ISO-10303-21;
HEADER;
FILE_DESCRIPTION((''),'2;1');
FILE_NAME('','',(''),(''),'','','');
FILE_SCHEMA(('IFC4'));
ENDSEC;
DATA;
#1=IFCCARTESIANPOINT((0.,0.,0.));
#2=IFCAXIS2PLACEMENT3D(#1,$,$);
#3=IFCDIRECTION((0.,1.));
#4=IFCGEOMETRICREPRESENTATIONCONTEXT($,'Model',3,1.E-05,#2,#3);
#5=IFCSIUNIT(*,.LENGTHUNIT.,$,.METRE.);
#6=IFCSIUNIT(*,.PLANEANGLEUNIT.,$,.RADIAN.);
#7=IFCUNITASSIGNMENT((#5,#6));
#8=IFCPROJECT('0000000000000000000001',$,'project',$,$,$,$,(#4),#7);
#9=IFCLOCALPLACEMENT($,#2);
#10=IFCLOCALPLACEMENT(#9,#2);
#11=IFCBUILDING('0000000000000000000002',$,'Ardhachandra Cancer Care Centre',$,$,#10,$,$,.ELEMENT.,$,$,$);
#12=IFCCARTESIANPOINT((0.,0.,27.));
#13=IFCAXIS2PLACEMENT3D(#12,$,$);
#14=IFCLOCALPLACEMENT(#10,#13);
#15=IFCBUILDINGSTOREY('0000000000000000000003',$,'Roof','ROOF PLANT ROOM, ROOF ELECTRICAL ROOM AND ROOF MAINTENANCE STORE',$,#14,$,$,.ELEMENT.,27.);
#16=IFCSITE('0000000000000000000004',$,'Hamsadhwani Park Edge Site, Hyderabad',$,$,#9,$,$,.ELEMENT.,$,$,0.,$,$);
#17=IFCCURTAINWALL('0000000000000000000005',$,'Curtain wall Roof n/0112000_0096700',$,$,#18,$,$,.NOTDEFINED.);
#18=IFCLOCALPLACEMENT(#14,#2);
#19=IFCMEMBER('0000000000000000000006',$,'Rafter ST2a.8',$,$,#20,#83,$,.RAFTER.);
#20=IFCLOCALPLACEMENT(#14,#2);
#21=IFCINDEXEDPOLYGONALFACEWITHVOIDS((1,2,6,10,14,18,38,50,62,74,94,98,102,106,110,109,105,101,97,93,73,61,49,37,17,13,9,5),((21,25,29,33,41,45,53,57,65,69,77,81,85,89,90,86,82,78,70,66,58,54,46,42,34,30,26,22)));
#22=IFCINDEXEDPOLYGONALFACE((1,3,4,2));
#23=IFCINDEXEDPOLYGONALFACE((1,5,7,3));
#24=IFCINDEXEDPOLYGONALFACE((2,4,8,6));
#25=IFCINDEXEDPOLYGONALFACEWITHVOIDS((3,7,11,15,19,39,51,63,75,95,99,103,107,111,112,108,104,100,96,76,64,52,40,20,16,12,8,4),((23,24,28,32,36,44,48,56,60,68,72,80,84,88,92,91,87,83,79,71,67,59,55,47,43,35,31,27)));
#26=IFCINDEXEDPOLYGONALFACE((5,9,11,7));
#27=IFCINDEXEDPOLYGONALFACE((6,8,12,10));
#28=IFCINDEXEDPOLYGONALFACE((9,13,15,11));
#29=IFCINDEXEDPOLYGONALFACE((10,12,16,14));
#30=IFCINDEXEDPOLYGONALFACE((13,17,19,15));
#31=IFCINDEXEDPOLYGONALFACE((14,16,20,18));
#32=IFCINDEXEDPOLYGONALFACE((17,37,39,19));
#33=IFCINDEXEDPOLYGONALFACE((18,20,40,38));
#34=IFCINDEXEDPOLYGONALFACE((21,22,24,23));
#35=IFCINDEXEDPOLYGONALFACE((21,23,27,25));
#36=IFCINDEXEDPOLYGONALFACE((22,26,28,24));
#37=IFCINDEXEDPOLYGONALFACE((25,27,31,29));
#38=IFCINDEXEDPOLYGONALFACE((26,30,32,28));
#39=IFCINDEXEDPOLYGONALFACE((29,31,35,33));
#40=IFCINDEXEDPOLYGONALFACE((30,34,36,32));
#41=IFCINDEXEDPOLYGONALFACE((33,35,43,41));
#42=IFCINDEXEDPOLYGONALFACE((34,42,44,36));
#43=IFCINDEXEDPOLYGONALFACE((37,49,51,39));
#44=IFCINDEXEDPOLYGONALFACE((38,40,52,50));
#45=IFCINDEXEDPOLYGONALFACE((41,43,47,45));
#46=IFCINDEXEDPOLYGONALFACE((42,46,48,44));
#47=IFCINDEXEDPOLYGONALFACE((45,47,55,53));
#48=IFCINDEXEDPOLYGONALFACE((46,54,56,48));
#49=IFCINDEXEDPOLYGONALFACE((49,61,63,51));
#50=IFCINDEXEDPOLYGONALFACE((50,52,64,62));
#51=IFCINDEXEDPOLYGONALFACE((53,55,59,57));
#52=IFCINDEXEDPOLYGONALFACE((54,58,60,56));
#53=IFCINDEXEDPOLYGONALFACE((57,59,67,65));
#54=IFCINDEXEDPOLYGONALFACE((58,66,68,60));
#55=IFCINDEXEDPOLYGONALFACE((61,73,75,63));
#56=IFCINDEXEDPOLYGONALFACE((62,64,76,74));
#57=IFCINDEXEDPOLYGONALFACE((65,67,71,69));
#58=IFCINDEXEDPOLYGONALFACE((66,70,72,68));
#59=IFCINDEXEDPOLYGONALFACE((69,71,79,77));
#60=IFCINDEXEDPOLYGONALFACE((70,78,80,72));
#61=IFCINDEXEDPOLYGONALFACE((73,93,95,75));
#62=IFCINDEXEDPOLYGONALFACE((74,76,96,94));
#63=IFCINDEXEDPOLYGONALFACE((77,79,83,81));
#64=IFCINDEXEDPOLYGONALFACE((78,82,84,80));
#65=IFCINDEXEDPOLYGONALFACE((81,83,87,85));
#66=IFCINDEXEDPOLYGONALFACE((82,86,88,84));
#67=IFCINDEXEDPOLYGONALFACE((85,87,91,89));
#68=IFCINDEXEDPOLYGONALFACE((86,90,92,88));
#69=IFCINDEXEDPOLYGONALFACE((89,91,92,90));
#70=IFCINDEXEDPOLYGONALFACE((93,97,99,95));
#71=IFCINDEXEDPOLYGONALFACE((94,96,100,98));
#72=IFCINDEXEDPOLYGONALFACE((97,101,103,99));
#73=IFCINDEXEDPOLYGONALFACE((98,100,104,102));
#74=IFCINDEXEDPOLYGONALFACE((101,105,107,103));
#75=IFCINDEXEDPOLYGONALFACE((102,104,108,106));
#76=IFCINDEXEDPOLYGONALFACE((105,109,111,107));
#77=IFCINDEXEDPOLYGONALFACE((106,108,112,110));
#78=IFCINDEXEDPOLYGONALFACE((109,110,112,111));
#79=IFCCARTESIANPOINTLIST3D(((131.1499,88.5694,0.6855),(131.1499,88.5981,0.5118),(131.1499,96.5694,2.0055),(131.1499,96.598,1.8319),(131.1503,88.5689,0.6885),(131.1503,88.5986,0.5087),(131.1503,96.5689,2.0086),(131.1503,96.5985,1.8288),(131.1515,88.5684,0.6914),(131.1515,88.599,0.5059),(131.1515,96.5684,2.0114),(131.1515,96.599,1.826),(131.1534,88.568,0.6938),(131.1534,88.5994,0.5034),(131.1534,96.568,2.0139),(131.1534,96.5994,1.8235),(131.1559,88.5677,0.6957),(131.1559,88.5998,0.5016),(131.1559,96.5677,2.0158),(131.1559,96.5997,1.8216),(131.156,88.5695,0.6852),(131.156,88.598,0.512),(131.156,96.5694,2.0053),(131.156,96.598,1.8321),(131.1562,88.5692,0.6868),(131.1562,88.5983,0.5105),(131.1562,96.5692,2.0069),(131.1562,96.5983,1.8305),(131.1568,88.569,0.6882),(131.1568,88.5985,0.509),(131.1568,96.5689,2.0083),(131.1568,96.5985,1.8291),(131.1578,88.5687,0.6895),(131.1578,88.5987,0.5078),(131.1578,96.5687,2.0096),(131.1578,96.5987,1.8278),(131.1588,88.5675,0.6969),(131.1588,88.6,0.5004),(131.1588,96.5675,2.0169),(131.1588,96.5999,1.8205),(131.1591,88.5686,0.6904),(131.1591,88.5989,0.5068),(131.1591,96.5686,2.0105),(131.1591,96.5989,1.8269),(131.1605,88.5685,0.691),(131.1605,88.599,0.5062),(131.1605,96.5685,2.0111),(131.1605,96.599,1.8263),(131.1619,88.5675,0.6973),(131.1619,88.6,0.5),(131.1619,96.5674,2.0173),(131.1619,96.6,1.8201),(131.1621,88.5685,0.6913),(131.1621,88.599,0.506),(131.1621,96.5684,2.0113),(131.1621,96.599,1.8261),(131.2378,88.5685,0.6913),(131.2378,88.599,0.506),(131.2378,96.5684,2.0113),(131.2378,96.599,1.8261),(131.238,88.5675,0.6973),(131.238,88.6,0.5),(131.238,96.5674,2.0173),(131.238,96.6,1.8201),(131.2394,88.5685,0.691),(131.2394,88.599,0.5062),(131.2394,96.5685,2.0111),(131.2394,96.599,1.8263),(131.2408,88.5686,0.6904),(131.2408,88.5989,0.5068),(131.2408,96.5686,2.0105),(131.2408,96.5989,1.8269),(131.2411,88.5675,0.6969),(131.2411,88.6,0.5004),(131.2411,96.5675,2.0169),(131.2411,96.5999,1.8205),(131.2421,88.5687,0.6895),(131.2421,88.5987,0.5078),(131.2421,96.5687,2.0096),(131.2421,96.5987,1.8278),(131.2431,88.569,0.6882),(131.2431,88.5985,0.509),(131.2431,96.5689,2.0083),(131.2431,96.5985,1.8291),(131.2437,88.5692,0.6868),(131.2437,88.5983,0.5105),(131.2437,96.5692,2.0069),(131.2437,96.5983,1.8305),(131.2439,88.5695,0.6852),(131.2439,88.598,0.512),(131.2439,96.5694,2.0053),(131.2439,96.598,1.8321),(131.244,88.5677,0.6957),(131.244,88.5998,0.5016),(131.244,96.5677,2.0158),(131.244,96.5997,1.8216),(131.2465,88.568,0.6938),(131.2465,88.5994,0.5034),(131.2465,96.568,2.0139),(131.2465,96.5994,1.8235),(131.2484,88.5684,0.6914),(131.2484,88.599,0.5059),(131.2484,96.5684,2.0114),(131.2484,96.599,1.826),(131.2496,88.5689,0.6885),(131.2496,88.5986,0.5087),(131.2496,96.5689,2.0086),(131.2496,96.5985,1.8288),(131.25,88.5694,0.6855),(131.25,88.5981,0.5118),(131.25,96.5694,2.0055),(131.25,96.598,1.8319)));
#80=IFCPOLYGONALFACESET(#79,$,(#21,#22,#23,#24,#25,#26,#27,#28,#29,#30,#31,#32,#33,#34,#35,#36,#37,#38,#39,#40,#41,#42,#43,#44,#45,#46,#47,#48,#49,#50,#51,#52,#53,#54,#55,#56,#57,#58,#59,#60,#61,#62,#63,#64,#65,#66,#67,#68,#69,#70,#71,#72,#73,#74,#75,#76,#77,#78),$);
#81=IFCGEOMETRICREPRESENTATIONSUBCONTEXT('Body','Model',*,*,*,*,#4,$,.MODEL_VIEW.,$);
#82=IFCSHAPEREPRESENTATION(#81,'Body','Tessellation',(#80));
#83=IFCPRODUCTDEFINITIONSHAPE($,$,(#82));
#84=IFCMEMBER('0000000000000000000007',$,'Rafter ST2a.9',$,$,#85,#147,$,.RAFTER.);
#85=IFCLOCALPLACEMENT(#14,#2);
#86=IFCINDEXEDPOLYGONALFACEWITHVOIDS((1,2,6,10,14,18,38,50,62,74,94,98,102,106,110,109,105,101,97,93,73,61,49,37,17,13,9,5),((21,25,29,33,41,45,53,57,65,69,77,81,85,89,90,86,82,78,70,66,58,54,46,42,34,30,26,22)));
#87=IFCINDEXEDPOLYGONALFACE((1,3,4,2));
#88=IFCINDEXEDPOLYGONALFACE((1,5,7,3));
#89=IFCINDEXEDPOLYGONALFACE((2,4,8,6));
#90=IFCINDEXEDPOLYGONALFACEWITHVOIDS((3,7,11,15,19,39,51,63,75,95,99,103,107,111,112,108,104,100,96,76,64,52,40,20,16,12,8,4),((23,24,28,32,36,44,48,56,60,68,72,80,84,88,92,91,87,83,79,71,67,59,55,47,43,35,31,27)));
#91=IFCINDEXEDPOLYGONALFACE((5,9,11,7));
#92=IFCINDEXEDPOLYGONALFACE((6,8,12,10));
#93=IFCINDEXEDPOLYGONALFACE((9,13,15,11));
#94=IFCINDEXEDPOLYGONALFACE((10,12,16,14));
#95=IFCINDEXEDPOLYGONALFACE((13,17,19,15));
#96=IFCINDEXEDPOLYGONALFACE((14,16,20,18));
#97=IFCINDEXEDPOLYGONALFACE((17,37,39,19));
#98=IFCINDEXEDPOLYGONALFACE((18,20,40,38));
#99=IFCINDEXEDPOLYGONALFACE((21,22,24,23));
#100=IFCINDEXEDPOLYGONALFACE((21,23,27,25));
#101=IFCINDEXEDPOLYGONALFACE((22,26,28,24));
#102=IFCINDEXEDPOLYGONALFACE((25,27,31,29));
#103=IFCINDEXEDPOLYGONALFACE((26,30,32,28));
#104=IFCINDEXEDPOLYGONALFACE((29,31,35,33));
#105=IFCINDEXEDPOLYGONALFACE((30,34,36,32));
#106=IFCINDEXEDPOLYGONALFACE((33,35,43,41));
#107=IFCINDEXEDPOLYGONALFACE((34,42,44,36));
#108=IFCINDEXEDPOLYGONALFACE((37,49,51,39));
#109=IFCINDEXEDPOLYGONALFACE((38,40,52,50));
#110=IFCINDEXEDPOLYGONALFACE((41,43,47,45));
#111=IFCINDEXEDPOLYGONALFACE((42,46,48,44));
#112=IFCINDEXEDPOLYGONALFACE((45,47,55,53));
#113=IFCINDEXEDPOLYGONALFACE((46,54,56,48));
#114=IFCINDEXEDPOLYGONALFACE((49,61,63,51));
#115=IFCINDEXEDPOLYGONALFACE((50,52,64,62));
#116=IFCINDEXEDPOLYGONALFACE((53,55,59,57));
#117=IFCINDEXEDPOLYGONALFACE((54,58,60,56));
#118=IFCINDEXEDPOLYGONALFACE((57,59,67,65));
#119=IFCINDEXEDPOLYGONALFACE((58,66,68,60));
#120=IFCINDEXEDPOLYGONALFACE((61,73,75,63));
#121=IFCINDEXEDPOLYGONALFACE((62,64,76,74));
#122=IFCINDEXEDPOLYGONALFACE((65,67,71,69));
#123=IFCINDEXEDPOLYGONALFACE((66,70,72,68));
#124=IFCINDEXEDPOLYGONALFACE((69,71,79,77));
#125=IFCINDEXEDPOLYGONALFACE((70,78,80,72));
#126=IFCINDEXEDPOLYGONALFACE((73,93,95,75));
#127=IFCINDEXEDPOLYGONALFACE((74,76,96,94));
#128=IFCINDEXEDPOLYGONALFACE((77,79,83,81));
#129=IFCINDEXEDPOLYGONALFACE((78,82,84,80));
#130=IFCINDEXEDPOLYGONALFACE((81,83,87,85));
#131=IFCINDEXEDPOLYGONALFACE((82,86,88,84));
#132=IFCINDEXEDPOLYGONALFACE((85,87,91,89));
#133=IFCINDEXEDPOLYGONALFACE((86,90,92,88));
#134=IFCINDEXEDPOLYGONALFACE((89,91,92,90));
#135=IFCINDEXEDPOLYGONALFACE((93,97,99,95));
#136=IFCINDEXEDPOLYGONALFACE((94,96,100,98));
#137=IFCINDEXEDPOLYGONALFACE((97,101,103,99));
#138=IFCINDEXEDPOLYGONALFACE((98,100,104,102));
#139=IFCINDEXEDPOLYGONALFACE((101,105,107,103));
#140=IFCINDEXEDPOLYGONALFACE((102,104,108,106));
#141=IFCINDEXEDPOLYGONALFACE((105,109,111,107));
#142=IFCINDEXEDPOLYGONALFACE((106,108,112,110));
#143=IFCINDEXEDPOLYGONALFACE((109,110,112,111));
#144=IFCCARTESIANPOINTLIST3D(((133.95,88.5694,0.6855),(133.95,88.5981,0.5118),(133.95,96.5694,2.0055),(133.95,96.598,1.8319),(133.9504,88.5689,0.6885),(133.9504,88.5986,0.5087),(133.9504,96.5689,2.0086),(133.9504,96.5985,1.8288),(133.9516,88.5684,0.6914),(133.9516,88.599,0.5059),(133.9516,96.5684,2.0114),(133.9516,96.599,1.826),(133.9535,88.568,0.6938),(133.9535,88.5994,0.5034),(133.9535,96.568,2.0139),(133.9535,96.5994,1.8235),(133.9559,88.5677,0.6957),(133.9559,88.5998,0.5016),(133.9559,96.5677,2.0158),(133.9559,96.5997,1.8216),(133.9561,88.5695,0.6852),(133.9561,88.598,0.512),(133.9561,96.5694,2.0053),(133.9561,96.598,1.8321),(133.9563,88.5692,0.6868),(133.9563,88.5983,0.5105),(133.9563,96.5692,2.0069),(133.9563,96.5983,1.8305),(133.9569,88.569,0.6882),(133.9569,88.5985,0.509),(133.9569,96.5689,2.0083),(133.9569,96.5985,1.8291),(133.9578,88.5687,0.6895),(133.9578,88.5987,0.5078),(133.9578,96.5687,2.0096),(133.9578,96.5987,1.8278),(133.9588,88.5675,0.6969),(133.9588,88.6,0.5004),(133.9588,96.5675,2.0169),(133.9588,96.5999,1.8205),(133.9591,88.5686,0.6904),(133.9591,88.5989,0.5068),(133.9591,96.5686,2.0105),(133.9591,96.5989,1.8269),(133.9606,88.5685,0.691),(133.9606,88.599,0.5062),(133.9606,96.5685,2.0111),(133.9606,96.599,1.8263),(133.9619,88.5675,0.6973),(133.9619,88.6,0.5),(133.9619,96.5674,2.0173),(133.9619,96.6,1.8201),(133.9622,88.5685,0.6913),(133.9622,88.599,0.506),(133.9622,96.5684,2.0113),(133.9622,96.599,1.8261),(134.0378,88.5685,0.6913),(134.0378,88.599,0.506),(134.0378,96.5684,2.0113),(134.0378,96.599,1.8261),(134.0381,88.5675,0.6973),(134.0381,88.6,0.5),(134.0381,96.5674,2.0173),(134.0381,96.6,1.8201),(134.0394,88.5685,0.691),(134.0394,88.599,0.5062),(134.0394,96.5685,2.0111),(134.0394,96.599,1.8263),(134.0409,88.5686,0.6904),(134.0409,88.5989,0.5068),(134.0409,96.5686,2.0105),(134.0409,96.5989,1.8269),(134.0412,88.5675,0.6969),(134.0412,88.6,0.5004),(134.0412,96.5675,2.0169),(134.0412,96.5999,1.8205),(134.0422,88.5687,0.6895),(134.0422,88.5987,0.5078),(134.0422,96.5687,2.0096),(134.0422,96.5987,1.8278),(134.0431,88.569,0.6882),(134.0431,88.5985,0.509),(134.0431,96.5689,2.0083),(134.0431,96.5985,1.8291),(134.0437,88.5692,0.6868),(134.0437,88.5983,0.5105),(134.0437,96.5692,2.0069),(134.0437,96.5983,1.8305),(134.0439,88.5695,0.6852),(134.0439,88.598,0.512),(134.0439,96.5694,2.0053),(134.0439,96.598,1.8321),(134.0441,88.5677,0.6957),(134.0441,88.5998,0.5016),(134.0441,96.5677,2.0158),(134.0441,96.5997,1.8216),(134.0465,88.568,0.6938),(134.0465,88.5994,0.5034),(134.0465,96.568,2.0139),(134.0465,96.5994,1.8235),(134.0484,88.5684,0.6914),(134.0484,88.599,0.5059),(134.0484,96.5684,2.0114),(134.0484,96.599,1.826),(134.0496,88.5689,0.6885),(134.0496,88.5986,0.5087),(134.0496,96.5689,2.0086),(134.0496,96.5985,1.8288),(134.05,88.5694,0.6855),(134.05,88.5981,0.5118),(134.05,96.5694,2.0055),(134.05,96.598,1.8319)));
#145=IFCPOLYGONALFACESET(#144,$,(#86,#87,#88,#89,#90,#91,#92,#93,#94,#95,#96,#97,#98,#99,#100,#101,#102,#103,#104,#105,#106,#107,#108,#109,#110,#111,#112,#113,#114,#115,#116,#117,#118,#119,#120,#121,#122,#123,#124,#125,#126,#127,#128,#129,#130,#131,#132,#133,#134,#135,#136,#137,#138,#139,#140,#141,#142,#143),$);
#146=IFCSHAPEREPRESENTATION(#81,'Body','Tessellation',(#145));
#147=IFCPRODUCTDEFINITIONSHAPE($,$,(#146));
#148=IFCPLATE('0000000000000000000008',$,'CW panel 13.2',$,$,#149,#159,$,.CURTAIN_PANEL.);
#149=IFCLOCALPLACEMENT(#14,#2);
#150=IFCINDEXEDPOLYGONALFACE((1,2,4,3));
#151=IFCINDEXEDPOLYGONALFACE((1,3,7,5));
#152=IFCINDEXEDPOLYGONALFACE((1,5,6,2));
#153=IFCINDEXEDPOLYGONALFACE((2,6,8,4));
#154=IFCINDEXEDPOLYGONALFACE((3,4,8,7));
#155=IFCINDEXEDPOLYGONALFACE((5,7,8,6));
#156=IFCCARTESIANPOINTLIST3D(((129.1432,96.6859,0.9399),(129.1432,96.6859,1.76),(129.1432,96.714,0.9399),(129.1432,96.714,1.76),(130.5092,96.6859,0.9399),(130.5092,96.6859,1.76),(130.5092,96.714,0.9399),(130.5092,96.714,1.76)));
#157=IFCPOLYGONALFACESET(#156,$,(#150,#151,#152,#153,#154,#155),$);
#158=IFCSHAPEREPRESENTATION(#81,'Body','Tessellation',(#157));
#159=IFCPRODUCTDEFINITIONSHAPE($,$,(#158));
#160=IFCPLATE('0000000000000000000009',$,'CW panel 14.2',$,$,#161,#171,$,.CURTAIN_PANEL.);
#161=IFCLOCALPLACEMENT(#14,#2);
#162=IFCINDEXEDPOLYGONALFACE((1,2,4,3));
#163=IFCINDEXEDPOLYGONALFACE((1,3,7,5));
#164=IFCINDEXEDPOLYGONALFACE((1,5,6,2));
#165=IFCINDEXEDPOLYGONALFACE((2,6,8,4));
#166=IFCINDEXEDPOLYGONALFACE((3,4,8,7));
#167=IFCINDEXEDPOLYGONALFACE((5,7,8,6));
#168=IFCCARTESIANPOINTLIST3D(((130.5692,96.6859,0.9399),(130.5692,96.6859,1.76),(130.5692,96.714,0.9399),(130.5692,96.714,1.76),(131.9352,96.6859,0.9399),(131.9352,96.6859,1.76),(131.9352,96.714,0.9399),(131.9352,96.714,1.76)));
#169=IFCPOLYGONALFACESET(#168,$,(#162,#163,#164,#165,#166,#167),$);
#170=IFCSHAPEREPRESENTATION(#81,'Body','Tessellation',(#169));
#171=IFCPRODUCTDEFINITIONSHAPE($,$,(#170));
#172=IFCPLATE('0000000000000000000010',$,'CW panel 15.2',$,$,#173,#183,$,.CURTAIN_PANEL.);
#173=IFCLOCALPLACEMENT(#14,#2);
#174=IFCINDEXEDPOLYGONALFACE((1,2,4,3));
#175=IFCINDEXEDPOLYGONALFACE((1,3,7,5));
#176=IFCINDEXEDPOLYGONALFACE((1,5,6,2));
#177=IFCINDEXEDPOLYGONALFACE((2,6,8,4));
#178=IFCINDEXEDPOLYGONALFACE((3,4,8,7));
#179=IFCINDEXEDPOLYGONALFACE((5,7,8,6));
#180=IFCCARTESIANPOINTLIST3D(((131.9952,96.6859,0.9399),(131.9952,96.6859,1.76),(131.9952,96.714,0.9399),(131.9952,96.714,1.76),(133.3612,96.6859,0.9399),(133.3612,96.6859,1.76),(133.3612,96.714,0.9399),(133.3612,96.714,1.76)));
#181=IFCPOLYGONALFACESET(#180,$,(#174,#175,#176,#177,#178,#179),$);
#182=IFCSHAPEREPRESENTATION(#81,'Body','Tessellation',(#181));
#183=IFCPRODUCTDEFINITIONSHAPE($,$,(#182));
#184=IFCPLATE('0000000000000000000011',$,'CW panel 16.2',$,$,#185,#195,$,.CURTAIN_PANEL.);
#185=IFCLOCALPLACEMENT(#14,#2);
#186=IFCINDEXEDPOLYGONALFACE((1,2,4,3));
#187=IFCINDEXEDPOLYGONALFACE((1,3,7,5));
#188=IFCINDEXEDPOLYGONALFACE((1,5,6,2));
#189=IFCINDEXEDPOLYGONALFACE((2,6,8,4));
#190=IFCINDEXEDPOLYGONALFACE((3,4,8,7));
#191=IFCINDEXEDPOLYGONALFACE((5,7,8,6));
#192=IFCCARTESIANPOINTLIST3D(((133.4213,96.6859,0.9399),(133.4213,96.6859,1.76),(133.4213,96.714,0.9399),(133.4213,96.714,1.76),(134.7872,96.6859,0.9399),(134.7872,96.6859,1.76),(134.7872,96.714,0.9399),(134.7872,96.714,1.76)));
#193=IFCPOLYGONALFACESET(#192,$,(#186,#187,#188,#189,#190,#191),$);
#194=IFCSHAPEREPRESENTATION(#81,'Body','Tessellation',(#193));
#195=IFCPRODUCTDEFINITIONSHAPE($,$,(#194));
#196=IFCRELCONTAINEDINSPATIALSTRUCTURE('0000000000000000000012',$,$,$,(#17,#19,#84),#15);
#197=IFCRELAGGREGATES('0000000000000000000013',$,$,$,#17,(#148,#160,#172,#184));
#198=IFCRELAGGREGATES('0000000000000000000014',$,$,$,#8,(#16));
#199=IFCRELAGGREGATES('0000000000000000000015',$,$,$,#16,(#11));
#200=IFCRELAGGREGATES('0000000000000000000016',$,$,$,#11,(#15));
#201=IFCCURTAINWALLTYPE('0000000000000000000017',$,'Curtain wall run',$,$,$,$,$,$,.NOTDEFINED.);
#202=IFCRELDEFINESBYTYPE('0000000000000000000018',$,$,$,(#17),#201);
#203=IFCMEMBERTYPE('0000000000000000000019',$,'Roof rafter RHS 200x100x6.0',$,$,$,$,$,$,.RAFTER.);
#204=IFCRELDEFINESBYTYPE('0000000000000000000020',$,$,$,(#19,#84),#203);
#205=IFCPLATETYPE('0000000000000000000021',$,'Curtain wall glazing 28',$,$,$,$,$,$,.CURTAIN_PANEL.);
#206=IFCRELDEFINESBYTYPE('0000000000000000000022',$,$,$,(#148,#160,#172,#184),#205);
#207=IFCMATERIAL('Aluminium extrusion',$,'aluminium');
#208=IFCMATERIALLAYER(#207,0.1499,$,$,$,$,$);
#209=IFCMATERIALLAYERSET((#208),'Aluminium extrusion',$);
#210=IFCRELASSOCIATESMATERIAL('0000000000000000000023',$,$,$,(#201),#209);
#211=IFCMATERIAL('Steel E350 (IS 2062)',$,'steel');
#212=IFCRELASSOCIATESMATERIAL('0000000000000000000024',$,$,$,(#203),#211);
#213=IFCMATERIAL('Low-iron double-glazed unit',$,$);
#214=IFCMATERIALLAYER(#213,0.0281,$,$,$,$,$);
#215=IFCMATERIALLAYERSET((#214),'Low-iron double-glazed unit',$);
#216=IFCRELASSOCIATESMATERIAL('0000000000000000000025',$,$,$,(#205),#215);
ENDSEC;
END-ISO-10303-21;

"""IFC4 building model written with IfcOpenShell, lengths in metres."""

from ifc_helpers import new_model, si_unit, direction, frame, origin, origin_2d, place, context, subcontext, project, spatial, rectangle, hollow_rectangle, extrude, material, layer, layer_set, material_profile, profile_set, type_object, element, aggregate, save


model = new_model("IFC4")

# Units and contexts
model_context = context("Model", 3, precision=1e-05, world=origin(), true_north=direction((0.0, 1.0)))
body_context = subcontext(model_context, "Body", "Model", "MODEL_VIEW")
ifc_project = project(units=[si_unit("LENGTHUNIT", "METRE"), si_unit("PLANEANGLEUNIT", "RADIAN")], contexts=[model_context])

# Site, building, storey
site_placement = place(None, origin())
site = spatial("IfcSite", under=ifc_project, at=site_placement, Name="Hamsadhwani Park Edge Site, Hyderabad", CompositionType="ELEMENT", RefElevation=0.0)
building_placement = place(site_placement, origin())
building = spatial("IfcBuilding", under=site, at=building_placement, Name="Ardhachandra Cancer Care Centre", CompositionType="ELEMENT")
storey_placement = place(building_placement, frame((0.0, 0.0, 27.0)))
storey = spatial("IfcBuildingStorey", under=building, at=storey_placement, Name="Roof", Description="ROOF PLANT ROOM, ROOF ELECTRICAL ROOM AND ROOF MAINTENANCE STORE", CompositionType="ELEMENT", Elevation=27.0)

# Curtain wall
ifc_material_1 = material(Name="Aluminium extrusion", Category="aluminium")
ifc_layer_1 = layer(ifc_material_1, 0.1499)
ifc_layer_set_1 = layer_set([ifc_layer_1], Name="Aluminium extrusion")
curtain_wall_type = type_object("IfcCurtainWallType", Name="Curtain wall run", PredefinedType="NOTDEFINED", material=ifc_layer_set_1)
curtain_wall_1_placement = place(storey_placement, origin())
curtain_wall_1 = element("IfcCurtainWall", 1, at=curtain_wall_1_placement, inside=storey, type_object=curtain_wall_type, Name="Curtain wall Roof n/0112000_0096700", PredefinedType="NOTDEFINED")

# Members
ifc_material_2 = material(Name="Steel E350 (IS 2062)", Category="steel")
ifc_material_profile_1 = material_profile(ifc_material_2, hollow_rectangle(XDim=0.1001, YDim=0.2, WallThickness=0.0061, InnerFilletRadius=0.0061, OuterFilletRadius=0.012, at=origin_2d()), Name="RHS 200x100x6.0")
ifc_profile_set_1 = profile_set([ifc_material_profile_1], Name="Steel E350 (IS 2062)")
member_type_1 = type_object("IfcMemberType", Name="Roof rafter RHS 200x100x6.0", PredefinedType="RAFTER", material=ifc_profile_set_1)
for number, where, z_axis, x_axis, name in (
    (2, (131.2, 88.5837, 0.5986), (0.0, 0.986658, 0.162807), (-1.0, 0.0, 0.0), "Rafter ST2a.8"),
    (3, (134.0, 88.5837, 0.5986), (0.0, 0.986658, 0.162807), (-1.0, 0.0, 0.0), "Rafter ST2a.9"),
):
    element("IfcMember", number, at=place(storey_placement, frame(where, z_axis=z_axis, x_axis=x_axis)), inside=storey, type_object=member_type_1, Name=name, PredefinedType="RAFTER", context=body_context, shape_type="SweptSolid", body=[
        extrude(hollow_rectangle(XDim=0.1001, YDim=0.2, WallThickness=0.0061, InnerFilletRadius=0.0061, OuterFilletRadius=0.012, at=origin_2d()), origin(), (0.0, 0.0, 1.0), 8.1082),
    ])

# Plates
ifc_material_3 = material(Name="Low-iron double-glazed unit")
ifc_layer_2 = layer(ifc_material_3, 0.0281)
ifc_layer_set_2 = layer_set([ifc_layer_2], Name="Low-iron double-glazed unit")
plate_type_1 = type_object("IfcPlateType", Name="Curtain wall glazing 28", PredefinedType="CURTAIN_PANEL", material=ifc_layer_set_2)
plate_1_placement = place(storey_placement, frame((129.8262, 96.7, 0.9399), z_axis=(0.0, 0.0, 1.0), x_axis=(1.0, 0.0, 0.0)))
plate_1 = element("IfcPlate", 4, at=plate_1_placement, type_object=plate_type_1, Name="CW panel 13.2", PredefinedType="CURTAIN_PANEL", context=body_context, shape_type="SweptSolid", body=[
    extrude(rectangle(XDim=1.366, YDim=0.0281, at=origin_2d()), origin(), (0.0, 0.0, 1.0), 0.8201),
])
plate_2_placement = place(storey_placement, frame((131.2522, 96.7, 0.9399), z_axis=(0.0, 0.0, 1.0), x_axis=(1.0, 0.0, 0.0)))
plate_2 = element("IfcPlate", 5, at=plate_2_placement, type_object=plate_type_1, Name="CW panel 14.2", PredefinedType="CURTAIN_PANEL", context=body_context, shape_type="SweptSolid", body=[
    extrude(rectangle(XDim=1.366, YDim=0.0281, at=origin_2d()), origin(), (0.0, 0.0, 1.0), 0.8201),
])
plate_3_placement = place(storey_placement, frame((132.6782, 96.7, 0.9399), z_axis=(0.0, 0.0, 1.0), x_axis=(1.0, 0.0, 0.0)))
plate_3 = element("IfcPlate", 6, at=plate_3_placement, type_object=plate_type_1, Name="CW panel 15.2", PredefinedType="CURTAIN_PANEL", context=body_context, shape_type="SweptSolid", body=[
    extrude(rectangle(XDim=1.366, YDim=0.0281, at=origin_2d()), origin(), (0.0, 0.0, 1.0), 0.8201),
])
plate_4_placement = place(storey_placement, frame((134.1042, 96.7, 0.9399), z_axis=(0.0, 0.0, 1.0), x_axis=(1.0, 0.0, 0.0)))
plate_4 = element("IfcPlate", 7, at=plate_4_placement, type_object=plate_type_1, Name="CW panel 16.2", PredefinedType="CURTAIN_PANEL", context=body_context, shape_type="SweptSolid", body=[
    extrude(rectangle(XDim=1.366, YDim=0.0281, at=origin_2d()), origin(), (0.0, 0.0, 1.0), 0.8201),
])
aggregate(curtain_wall_1, [plate_1, plate_2, plate_3, plate_4])

save(model, "model.ifc")
